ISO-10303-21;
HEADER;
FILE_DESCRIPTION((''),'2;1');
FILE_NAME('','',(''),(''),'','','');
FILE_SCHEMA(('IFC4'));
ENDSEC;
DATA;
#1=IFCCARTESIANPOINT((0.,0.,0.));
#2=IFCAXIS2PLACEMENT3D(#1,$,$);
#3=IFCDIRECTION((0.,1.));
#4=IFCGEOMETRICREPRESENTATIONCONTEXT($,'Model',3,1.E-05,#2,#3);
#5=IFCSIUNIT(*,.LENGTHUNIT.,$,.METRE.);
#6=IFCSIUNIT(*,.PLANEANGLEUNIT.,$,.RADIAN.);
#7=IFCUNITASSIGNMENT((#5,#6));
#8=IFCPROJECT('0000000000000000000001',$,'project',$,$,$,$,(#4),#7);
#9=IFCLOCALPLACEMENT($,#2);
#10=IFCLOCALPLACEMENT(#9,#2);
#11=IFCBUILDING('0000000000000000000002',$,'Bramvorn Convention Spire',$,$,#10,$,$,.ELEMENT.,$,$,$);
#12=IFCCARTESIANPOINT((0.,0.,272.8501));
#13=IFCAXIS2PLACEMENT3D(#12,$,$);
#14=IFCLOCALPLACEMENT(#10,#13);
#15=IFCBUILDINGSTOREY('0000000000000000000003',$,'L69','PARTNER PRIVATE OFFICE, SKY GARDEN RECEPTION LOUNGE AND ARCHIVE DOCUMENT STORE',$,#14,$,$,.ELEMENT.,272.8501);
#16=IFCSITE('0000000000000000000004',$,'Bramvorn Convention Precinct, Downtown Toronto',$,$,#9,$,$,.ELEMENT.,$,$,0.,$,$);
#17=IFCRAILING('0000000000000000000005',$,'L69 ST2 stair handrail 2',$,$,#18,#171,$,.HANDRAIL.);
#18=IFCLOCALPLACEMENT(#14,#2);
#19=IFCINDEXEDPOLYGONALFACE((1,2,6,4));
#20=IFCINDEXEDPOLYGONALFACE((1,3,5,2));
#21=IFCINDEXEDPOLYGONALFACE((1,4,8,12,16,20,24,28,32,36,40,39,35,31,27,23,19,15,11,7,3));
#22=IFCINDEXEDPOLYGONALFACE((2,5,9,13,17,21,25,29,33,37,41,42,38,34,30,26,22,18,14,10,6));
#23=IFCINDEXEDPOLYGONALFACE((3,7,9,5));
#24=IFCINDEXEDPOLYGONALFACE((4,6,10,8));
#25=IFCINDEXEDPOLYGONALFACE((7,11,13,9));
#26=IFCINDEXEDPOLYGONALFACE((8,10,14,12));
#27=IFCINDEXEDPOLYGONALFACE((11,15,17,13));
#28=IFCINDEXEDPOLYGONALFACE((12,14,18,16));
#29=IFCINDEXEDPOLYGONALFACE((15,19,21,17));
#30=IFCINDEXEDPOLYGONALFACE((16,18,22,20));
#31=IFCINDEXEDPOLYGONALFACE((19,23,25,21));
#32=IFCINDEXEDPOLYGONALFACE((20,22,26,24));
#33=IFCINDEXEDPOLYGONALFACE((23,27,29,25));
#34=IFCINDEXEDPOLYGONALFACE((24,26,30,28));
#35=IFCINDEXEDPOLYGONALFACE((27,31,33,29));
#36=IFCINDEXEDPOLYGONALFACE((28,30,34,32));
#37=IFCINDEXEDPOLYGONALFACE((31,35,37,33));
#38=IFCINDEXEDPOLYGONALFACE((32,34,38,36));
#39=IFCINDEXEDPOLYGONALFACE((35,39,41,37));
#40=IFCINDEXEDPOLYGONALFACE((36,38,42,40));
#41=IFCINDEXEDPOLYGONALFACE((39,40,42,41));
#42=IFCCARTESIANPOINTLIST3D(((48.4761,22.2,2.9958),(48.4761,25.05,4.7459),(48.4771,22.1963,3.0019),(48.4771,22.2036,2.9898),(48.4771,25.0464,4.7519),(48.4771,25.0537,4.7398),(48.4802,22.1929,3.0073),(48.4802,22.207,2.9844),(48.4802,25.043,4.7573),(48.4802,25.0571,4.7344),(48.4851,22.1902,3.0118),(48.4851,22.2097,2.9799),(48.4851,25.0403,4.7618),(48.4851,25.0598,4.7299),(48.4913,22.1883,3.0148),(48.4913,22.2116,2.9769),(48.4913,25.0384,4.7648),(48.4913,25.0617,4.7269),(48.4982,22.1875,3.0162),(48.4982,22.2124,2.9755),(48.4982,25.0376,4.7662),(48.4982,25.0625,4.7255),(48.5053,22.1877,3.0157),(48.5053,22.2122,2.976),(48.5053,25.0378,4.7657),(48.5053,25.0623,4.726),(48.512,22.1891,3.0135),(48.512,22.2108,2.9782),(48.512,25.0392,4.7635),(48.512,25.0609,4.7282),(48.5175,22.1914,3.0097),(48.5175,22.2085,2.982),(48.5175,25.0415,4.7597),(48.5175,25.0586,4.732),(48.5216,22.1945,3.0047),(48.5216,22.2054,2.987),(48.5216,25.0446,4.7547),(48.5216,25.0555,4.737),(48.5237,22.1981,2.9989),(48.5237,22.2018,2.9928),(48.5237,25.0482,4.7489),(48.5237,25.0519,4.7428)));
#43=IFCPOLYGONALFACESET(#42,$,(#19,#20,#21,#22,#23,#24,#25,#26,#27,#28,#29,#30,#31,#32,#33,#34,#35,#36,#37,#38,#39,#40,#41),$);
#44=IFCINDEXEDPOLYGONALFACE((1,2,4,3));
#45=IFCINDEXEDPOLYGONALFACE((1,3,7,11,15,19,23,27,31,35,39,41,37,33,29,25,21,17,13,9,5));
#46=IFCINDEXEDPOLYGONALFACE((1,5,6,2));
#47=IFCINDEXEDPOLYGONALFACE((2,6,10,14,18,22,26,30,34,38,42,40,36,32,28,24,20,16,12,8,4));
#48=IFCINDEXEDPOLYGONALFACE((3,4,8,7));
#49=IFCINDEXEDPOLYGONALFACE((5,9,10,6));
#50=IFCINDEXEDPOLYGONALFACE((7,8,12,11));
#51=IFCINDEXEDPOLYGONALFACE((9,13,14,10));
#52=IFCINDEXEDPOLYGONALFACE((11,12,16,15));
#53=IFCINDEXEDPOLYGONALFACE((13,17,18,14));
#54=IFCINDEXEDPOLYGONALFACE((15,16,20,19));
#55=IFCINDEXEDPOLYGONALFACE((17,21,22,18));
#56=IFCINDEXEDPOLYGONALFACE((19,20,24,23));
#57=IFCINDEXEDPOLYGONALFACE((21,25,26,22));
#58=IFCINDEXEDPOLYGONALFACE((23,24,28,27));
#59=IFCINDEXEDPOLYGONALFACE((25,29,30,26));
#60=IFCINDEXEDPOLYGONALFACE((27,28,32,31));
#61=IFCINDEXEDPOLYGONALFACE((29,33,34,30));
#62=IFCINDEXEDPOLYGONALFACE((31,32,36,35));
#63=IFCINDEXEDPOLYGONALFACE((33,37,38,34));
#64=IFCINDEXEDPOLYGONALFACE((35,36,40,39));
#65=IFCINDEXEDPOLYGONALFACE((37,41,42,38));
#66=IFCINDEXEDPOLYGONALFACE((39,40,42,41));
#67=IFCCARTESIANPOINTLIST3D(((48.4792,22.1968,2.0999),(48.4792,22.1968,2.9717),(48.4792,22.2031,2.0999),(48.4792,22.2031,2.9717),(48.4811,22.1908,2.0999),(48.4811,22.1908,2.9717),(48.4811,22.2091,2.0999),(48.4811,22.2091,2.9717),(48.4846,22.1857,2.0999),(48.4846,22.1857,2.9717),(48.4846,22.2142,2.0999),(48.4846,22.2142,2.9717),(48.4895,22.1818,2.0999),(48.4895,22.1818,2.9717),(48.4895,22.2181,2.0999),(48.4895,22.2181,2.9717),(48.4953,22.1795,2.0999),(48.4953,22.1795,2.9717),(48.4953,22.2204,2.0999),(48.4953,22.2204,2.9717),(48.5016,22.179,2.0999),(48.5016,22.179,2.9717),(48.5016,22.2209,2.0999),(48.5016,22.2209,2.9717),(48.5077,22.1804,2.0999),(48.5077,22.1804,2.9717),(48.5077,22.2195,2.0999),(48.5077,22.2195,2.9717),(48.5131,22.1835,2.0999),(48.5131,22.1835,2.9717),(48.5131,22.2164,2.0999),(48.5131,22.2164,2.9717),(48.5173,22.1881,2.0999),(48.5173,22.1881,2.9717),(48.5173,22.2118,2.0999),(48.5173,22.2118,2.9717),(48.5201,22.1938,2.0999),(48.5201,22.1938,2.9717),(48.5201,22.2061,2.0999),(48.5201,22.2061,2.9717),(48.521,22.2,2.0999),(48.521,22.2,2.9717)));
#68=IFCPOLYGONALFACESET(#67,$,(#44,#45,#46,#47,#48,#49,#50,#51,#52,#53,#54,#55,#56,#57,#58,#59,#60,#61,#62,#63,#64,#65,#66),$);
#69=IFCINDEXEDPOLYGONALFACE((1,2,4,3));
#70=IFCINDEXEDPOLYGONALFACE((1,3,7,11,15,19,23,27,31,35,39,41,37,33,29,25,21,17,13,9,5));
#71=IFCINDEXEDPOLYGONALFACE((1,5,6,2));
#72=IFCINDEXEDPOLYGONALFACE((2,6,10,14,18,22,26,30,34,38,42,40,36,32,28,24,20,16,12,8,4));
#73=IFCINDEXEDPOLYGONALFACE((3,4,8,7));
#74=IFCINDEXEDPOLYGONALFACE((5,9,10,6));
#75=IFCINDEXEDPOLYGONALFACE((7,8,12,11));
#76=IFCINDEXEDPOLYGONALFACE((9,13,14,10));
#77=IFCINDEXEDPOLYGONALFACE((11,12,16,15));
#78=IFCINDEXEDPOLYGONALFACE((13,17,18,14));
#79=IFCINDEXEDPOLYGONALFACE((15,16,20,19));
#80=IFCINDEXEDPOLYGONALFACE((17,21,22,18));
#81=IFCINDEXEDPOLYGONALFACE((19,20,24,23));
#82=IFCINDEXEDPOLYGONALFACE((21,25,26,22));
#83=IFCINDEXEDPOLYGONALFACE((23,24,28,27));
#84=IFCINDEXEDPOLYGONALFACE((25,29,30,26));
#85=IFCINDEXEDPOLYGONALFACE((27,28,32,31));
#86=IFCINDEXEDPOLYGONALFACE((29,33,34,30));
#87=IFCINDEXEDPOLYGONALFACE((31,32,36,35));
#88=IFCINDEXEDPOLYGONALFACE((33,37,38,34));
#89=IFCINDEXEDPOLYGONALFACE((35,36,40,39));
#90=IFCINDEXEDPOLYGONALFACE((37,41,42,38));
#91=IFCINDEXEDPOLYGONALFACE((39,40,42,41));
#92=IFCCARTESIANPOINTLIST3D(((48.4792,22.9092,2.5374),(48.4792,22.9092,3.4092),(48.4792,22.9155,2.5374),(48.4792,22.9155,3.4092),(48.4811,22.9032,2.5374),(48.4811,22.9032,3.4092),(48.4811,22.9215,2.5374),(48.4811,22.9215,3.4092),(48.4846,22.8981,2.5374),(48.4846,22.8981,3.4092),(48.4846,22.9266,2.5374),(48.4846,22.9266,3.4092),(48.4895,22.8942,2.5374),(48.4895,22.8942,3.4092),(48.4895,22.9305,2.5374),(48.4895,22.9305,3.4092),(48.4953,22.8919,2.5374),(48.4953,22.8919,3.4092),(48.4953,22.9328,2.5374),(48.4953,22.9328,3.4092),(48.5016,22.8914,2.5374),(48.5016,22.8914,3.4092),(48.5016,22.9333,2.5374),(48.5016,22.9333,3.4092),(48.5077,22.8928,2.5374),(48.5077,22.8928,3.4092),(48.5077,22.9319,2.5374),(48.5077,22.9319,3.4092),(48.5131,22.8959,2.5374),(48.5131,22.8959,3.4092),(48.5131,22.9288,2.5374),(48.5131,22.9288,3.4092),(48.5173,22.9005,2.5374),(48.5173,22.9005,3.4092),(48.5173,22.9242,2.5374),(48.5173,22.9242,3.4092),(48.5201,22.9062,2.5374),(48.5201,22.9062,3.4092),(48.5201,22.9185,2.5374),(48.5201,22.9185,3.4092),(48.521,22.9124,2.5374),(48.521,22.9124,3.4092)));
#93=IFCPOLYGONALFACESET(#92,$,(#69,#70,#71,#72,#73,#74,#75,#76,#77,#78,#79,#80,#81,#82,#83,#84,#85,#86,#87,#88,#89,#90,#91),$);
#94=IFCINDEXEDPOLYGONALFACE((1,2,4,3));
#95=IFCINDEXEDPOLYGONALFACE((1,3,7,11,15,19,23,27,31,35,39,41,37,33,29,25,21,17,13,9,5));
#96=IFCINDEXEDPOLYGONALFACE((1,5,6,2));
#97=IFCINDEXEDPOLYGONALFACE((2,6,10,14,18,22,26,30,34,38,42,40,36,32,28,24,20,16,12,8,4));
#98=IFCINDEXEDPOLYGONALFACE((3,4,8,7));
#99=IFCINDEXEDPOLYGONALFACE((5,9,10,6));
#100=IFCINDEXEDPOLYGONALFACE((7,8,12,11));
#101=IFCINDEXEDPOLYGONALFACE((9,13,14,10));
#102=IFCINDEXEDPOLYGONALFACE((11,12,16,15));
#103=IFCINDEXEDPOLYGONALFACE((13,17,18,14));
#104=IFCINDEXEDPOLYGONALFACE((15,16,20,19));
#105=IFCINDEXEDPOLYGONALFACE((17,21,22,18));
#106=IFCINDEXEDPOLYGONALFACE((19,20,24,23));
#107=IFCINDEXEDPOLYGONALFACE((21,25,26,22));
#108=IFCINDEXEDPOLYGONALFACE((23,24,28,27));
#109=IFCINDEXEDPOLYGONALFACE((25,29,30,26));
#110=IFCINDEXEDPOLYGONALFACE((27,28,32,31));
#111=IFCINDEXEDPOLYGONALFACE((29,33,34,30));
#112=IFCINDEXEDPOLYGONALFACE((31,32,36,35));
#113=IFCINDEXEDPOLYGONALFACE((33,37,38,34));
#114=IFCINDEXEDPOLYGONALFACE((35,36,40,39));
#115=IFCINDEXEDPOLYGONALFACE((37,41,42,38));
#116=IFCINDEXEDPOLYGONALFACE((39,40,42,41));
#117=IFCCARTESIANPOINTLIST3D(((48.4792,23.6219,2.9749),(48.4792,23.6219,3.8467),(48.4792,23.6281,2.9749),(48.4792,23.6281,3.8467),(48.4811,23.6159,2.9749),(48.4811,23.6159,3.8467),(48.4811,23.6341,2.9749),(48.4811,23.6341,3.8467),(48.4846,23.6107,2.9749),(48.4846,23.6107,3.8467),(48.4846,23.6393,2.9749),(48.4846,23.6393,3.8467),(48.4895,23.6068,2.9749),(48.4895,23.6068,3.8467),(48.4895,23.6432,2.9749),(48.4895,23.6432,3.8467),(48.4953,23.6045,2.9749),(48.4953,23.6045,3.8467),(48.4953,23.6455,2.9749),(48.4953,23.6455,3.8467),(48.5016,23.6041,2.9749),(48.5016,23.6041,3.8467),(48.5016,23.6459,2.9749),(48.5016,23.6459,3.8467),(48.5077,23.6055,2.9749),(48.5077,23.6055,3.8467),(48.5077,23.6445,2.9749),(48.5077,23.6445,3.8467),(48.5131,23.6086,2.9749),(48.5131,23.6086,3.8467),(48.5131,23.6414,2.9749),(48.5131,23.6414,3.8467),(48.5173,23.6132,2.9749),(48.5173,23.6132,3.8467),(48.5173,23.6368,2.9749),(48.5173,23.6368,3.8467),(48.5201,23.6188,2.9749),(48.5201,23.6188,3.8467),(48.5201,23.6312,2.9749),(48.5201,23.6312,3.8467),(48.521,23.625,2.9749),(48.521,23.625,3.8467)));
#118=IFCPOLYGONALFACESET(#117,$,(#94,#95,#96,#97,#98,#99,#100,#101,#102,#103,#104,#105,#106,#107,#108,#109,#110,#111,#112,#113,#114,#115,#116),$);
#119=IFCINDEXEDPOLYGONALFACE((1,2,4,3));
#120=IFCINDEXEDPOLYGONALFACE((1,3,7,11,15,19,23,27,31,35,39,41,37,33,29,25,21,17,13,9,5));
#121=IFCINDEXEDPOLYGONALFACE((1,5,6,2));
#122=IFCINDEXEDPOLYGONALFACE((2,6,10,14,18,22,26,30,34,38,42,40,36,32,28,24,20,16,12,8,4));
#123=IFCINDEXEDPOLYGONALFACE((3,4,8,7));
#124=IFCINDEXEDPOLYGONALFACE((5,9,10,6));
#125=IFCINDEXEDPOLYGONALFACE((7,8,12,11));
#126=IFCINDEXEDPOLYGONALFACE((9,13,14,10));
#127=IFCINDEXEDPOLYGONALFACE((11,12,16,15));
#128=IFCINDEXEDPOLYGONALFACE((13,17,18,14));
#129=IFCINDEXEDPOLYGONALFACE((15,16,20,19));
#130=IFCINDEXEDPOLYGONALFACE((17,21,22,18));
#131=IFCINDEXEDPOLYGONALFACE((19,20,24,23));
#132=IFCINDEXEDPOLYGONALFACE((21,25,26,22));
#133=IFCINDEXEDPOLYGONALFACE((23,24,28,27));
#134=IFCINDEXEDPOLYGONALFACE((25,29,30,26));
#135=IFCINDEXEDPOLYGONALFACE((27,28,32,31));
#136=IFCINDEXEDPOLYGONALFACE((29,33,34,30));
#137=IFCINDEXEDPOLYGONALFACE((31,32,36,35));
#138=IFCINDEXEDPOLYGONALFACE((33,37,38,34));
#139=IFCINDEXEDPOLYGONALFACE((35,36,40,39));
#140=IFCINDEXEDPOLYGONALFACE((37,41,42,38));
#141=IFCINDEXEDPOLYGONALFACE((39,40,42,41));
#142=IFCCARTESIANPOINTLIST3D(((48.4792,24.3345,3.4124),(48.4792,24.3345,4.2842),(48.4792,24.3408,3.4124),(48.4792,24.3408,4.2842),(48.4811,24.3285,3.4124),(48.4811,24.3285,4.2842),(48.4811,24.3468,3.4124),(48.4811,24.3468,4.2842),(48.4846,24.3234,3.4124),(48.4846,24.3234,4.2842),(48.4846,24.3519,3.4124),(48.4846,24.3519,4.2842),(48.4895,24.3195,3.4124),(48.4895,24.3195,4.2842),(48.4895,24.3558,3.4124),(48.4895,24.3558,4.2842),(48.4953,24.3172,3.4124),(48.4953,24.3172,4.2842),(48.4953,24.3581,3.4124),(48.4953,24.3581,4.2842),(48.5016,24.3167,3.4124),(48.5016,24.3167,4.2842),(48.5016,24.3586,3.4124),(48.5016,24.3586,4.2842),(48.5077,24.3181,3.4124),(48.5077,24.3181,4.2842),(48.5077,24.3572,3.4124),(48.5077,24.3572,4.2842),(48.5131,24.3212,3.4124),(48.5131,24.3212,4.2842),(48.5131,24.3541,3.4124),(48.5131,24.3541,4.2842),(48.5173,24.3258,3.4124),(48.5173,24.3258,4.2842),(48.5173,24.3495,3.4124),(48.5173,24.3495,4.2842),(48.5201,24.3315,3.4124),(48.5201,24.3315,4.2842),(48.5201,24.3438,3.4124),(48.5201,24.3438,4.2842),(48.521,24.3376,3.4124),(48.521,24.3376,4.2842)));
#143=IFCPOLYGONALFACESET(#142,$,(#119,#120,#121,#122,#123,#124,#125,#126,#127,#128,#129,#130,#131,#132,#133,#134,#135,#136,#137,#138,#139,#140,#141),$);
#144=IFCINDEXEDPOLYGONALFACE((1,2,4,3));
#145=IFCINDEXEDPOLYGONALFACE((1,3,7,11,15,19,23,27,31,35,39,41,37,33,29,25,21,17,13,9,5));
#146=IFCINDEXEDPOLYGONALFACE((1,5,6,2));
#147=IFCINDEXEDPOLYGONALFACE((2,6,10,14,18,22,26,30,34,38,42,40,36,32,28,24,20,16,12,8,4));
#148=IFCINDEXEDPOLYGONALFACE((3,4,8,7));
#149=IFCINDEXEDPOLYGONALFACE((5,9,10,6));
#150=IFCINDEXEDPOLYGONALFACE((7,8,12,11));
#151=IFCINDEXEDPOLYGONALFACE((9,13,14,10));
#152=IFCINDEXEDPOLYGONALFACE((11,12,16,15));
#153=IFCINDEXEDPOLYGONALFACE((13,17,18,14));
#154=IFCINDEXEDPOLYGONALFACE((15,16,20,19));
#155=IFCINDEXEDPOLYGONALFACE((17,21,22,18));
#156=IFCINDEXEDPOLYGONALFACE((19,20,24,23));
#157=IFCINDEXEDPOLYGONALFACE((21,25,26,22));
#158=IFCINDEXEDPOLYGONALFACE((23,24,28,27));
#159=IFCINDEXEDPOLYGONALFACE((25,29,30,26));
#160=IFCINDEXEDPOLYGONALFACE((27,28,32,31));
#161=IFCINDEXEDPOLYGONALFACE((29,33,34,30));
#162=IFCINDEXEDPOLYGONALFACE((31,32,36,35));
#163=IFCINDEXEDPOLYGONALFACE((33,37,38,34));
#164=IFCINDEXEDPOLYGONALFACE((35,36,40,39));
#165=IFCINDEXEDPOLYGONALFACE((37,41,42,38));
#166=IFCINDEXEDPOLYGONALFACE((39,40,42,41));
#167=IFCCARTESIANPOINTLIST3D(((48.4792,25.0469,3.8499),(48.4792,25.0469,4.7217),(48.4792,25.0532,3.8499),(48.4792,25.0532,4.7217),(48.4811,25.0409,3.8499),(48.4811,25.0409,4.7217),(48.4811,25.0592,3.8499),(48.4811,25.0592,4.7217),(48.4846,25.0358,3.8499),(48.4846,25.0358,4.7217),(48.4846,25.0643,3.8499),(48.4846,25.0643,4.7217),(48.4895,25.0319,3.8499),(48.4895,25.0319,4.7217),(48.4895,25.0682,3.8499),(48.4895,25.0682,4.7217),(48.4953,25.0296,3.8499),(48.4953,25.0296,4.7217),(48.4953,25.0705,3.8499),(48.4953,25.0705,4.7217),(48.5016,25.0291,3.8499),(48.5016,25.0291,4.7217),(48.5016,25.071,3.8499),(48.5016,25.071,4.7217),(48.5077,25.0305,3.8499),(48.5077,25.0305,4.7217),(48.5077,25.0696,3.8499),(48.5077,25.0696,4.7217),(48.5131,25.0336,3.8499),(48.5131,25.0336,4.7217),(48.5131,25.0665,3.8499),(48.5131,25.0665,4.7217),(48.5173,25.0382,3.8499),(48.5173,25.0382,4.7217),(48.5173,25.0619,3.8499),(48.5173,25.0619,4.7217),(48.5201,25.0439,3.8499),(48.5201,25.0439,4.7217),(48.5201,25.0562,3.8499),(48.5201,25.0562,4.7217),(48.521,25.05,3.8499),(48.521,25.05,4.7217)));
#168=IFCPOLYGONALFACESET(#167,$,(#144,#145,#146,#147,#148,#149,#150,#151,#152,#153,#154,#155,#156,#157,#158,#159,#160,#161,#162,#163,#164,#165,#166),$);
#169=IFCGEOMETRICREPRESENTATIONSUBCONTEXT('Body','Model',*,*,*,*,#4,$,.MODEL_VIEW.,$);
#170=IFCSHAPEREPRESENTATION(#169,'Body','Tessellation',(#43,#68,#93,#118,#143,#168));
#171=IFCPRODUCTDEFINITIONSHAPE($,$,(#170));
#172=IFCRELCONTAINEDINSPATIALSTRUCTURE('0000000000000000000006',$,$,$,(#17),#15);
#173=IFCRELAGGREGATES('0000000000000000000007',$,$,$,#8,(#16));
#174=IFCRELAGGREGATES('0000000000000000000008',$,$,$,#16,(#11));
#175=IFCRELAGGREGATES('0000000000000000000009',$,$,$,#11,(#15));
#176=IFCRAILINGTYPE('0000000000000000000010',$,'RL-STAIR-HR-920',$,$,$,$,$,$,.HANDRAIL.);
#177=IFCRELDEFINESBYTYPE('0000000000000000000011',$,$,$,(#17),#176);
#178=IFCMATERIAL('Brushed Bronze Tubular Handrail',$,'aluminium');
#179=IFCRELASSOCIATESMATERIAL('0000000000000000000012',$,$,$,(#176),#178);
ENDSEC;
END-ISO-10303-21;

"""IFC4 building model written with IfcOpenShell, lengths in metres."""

from ifc_helpers import new_model, si_unit, direction, frame, origin, origin_2d, place, context, subcontext, project, spatial, circle, extrude, material, type_object, element, save


model = new_model("IFC4")

# Units and contexts
model_context = context("Model", 3, precision=1e-05, world=origin(), true_north=direction((0.0, 1.0)))
body_context = subcontext(model_context, "Body", "Model", "MODEL_VIEW")
ifc_project = project(units=[si_unit("LENGTHUNIT", "METRE"), si_unit("PLANEANGLEUNIT", "RADIAN")], contexts=[model_context])

# Site, building, storey
site_placement = place(None, origin())
site = spatial("IfcSite", under=ifc_project, at=site_placement, Name="Bramvorn Convention Precinct, Downtown Toronto", CompositionType="ELEMENT", RefElevation=0.0)
building_placement = place(site_placement, origin())
building = spatial("IfcBuilding", under=site, at=building_placement, Name="Bramvorn Convention Spire", CompositionType="ELEMENT")
storey_placement = place(building_placement, frame((0.0, 0.0, 272.8501)))
storey = spatial("IfcBuildingStorey", under=building, at=storey_placement, Name="L69", Description="PARTNER PRIVATE OFFICE, SKY GARDEN RECEPTION LOUNGE AND ARCHIVE DOCUMENT STORE", CompositionType="ELEMENT", Elevation=272.8501)

# Railing
ifc_material_1 = material(Name="Brushed Bronze Tubular Handrail", Category="aluminium")
railing_type_1 = type_object("IfcRailingType", Name="RL-STAIR-HR-920", PredefinedType="HANDRAIL", material=ifc_material_1)
railing_1_placement = place(storey_placement, frame((48.5, 22.2, 2.0999)))
element("IfcRailing", 1, at=railing_1_placement, inside=storey, type_object=railing_type_1, Name="L69 ST2 stair handrail 2", PredefinedType="HANDRAIL", context=body_context, shape_type="SweptSolid", body=[
    extrude(circle(Radius=0.0239, at=origin_2d()), frame((0.0, 0.0, 0.896), z_axis=(0.0, 0.852179, 0.52325), x_axis=(-1.0, 0.0, 0.0)), (0.0, 0.0, 1.0), 3.3445),
    extrude(circle(Radius=0.021, at=origin_2d()), origin(), (0.0, 0.0, 1.0), 0.8718),
    extrude(circle(Radius=0.021, at=origin_2d()), frame((0.0, 0.7124, 0.4375)), (0.0, 0.0, 1.0), 0.8718),
    extrude(circle(Radius=0.021, at=origin_2d()), frame((0.0, 1.425, 0.875)), (0.0, 0.0, 1.0), 0.8718),
    extrude(circle(Radius=0.021, at=origin_2d()), frame((0.0, 2.1377, 1.3125)), (0.0, 0.0, 1.0), 0.8718),
    extrude(circle(Radius=0.021, at=origin_2d()), frame((0.0, 2.8501, 1.75)), (0.0, 0.0, 1.0), 0.8718),
])

save(model, "model.ifc")
